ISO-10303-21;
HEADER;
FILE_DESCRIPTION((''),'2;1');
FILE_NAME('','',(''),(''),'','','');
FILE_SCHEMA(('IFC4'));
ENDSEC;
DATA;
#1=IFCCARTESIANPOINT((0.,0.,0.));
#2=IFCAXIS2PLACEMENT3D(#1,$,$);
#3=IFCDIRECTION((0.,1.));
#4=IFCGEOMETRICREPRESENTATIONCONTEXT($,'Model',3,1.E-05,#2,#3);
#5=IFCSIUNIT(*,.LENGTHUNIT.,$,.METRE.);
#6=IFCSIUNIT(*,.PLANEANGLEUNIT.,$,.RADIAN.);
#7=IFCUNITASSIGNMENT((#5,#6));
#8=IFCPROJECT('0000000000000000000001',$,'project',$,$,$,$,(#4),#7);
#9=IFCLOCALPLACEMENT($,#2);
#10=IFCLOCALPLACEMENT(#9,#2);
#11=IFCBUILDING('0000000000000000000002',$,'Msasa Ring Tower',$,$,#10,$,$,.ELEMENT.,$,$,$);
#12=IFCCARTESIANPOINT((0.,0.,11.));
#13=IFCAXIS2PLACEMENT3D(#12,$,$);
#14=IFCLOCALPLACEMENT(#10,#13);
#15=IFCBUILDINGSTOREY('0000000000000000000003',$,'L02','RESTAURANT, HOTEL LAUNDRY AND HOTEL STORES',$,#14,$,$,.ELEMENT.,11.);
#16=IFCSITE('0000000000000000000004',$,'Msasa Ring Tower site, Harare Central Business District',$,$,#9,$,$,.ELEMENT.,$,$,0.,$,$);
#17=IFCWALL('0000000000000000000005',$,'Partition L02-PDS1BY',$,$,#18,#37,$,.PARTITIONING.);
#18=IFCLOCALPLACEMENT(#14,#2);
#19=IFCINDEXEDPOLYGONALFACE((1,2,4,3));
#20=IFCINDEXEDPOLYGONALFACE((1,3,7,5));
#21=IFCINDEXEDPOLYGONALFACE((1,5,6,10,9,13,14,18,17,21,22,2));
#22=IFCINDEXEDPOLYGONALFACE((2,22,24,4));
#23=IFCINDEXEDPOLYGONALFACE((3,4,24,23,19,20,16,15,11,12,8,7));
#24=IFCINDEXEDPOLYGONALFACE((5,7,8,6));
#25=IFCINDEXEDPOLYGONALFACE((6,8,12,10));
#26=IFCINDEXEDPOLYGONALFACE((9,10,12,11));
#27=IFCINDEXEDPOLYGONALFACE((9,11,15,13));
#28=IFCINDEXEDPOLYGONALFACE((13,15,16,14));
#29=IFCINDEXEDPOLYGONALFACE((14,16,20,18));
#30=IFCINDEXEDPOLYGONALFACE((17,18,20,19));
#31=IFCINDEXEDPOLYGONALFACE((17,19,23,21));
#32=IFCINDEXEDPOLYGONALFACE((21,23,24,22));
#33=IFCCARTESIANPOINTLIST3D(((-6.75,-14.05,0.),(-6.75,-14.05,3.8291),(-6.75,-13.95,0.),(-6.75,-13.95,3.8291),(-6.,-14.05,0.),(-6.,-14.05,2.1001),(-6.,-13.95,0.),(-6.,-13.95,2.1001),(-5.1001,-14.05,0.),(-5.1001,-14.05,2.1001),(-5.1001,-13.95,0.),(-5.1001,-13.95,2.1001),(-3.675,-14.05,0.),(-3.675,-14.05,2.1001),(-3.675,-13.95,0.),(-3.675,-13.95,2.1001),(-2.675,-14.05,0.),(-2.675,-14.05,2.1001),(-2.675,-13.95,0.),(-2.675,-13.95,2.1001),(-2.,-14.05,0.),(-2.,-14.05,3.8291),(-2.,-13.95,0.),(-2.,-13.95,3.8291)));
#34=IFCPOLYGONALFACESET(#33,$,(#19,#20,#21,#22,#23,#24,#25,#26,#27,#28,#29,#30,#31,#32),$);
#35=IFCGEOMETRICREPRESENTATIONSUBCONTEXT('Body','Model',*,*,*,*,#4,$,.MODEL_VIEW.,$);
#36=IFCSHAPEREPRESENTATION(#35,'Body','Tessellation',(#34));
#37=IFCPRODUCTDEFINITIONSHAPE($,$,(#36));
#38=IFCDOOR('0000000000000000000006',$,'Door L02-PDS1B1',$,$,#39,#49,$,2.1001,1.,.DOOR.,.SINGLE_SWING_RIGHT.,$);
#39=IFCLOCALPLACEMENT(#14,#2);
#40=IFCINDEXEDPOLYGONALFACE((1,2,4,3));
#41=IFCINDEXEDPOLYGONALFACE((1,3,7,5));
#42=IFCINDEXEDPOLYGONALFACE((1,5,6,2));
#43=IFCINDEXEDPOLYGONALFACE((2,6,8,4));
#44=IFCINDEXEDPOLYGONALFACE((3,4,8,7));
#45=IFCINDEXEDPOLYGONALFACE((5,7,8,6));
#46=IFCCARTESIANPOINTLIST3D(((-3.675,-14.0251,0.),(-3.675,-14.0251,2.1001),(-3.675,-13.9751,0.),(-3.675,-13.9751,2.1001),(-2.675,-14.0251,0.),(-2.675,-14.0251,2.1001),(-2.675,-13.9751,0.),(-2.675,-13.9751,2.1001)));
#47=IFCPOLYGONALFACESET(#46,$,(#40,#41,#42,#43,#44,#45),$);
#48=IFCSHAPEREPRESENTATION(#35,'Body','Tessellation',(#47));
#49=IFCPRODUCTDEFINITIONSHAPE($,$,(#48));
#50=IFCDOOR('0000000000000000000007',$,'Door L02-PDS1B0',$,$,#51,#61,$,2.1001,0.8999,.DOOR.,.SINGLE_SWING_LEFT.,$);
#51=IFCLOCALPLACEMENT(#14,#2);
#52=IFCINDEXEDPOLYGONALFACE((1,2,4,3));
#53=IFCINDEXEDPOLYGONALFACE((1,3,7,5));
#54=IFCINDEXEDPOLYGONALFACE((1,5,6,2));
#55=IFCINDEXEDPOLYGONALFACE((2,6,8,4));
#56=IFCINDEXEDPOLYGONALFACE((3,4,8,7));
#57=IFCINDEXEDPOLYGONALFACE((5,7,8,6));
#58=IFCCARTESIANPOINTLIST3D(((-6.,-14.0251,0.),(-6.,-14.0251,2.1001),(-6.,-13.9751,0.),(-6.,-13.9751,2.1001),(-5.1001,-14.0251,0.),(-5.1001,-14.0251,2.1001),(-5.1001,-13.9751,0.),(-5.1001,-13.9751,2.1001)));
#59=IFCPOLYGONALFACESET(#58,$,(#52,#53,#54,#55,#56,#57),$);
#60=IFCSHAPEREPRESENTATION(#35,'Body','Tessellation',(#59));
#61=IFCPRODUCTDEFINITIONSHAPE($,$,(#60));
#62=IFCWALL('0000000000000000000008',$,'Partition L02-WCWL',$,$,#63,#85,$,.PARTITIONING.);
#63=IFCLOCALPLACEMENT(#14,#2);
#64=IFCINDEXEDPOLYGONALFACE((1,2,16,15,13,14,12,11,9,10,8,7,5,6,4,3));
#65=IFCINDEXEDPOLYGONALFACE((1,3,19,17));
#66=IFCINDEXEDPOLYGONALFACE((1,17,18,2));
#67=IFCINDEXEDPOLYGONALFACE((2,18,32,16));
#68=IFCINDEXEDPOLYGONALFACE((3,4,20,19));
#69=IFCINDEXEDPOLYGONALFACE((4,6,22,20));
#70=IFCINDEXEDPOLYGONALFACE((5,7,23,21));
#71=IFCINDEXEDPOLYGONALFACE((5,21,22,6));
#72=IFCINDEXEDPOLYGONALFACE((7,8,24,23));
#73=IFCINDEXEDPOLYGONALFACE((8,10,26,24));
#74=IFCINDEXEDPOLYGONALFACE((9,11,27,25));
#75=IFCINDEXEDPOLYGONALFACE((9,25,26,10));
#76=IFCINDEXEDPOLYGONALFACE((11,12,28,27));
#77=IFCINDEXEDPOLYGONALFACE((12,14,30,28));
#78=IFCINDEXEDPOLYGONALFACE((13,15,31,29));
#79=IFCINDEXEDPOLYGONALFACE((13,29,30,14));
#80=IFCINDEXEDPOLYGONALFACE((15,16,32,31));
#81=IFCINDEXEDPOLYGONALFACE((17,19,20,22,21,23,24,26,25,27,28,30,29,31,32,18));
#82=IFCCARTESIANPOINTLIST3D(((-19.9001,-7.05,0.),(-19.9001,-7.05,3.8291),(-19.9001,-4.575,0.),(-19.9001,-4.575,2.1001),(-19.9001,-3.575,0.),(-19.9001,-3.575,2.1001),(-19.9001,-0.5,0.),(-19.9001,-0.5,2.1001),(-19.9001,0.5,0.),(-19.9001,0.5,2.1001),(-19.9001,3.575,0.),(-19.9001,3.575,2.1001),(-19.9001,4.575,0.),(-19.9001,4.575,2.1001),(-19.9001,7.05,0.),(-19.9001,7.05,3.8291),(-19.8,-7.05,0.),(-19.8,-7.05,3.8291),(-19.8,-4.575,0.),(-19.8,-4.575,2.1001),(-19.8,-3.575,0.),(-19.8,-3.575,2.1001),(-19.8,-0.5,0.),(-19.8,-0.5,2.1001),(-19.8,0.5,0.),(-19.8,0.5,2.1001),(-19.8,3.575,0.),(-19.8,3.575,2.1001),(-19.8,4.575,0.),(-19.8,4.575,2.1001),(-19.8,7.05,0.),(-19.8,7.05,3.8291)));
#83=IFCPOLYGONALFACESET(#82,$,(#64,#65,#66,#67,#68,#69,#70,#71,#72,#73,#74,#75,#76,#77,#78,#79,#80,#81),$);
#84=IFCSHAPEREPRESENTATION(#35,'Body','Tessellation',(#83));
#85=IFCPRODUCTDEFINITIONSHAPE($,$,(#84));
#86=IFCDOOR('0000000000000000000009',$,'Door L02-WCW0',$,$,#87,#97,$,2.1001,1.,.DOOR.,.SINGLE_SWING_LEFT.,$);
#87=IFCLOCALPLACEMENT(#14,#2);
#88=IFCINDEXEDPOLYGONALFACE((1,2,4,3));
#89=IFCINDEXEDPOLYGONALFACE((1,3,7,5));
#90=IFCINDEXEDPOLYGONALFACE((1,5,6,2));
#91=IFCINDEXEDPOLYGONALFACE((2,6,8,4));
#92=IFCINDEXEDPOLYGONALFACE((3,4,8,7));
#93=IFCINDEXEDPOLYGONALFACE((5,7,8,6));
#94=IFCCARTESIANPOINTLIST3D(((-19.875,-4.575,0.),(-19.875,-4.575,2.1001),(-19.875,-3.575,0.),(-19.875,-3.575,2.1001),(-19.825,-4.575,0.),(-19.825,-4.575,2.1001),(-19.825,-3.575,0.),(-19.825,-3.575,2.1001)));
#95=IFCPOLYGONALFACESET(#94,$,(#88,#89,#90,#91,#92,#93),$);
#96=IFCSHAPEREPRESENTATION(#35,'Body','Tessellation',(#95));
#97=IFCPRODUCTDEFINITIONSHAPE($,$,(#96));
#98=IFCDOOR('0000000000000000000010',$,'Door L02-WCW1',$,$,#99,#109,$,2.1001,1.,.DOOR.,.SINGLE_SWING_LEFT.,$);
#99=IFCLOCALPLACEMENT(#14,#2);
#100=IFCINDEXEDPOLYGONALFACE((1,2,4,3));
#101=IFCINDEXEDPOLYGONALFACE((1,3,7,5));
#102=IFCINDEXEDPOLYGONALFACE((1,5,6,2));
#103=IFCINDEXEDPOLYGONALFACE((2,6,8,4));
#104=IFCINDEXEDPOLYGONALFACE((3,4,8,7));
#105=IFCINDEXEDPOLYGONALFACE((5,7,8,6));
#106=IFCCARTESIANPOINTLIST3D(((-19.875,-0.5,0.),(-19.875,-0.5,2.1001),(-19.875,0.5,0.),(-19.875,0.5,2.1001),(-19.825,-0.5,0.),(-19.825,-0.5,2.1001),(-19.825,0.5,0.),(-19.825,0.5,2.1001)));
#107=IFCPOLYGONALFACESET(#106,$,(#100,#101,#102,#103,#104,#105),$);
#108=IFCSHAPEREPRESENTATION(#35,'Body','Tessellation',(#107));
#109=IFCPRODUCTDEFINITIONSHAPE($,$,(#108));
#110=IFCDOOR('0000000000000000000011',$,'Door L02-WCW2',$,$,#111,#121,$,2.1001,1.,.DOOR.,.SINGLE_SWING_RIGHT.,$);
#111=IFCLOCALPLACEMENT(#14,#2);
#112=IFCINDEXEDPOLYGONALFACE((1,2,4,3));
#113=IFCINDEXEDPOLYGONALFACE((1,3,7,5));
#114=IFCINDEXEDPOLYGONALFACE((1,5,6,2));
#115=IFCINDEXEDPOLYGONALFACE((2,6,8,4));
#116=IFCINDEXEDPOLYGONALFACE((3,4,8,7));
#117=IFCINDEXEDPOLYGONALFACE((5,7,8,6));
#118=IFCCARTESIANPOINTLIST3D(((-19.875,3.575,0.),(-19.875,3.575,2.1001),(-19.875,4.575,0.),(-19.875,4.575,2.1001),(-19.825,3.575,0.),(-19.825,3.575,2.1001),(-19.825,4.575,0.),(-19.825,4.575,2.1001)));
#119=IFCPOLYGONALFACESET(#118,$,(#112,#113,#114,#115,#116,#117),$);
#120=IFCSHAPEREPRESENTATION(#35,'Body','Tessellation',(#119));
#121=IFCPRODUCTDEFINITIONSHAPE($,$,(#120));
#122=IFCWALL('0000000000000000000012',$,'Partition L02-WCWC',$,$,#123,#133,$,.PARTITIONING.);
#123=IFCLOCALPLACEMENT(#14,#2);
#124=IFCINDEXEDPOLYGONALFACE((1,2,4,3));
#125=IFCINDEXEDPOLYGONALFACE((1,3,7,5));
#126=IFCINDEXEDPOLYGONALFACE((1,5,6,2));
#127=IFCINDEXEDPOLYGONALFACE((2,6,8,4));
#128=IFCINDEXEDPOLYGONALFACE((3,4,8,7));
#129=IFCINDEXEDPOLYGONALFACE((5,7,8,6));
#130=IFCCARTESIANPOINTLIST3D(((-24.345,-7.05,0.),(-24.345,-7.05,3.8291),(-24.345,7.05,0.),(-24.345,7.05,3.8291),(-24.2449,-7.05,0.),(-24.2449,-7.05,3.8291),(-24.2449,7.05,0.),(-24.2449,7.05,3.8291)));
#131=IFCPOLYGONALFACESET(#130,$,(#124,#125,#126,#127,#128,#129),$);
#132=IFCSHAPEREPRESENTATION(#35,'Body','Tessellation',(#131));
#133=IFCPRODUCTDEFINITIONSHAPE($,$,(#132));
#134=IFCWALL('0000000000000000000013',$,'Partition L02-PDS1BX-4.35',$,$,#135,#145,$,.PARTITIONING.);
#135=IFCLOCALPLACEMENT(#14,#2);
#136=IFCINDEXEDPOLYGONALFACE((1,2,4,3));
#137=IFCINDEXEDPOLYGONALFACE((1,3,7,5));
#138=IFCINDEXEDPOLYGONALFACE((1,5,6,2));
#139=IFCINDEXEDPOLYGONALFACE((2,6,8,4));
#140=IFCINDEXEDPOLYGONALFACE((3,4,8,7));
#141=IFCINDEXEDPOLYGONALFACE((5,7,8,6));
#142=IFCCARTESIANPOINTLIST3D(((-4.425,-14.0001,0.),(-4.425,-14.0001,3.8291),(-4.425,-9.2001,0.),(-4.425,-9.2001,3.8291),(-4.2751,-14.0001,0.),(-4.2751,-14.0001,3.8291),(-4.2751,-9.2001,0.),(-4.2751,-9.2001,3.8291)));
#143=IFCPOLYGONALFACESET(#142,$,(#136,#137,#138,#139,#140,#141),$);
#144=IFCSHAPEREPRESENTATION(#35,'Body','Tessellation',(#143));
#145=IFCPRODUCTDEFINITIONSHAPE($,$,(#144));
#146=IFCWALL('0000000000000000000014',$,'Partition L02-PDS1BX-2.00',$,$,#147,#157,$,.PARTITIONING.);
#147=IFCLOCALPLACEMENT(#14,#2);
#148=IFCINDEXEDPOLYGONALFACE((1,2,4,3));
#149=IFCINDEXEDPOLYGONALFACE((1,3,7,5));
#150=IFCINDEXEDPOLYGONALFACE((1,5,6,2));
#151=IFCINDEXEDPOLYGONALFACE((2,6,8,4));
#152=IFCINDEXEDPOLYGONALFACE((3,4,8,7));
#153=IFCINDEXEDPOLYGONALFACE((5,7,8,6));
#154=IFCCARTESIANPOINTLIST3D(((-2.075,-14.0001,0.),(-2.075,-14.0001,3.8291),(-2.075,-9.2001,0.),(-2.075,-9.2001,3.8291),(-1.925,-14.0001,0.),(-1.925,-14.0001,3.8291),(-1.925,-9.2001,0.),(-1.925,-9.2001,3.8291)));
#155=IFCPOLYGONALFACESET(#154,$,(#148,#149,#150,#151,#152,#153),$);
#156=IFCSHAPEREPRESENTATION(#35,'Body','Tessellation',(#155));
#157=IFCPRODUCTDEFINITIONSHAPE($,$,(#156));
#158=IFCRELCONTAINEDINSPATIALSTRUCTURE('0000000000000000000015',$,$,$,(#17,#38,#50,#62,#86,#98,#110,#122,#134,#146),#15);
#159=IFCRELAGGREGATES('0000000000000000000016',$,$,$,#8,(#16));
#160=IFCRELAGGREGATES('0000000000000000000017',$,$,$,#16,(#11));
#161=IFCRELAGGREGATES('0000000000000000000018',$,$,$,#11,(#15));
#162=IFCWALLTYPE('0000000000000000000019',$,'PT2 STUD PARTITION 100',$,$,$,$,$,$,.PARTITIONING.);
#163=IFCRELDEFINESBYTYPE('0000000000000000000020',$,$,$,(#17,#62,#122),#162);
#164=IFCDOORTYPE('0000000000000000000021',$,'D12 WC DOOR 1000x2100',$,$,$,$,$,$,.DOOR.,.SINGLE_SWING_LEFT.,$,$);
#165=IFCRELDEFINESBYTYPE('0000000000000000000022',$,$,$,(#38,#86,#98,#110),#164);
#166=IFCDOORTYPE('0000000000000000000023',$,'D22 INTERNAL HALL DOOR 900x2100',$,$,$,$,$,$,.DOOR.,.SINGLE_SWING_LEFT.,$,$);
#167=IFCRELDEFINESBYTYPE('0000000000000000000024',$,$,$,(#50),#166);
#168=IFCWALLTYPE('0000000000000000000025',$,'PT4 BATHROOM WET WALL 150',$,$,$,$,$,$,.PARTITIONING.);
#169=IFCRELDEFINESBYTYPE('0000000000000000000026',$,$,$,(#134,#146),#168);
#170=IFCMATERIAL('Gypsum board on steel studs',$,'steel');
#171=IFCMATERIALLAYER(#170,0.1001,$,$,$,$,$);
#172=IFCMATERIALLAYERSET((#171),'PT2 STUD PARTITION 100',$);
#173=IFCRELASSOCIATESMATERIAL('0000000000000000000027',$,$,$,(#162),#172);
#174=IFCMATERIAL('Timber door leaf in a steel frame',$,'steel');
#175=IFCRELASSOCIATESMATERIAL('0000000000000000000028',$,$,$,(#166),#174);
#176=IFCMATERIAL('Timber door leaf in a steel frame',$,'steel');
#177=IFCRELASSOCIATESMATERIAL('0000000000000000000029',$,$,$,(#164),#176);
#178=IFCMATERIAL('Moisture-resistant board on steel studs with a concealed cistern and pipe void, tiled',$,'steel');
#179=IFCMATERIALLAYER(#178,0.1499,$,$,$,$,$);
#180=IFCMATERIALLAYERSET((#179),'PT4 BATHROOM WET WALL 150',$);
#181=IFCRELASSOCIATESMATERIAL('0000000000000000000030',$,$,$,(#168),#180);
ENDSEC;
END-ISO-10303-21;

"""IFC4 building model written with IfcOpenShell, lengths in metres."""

from ifc_helpers import new_model, si_unit, direction, frame, frame_2d, origin, place, context, subcontext, project, spatial, rectangle, extrude, material, layer, layer_set, type_object, element, fill, save


model = new_model("IFC4")

# Units and contexts
model_context = context("Model", 3, precision=1e-05, world=origin(), true_north=direction((0.0, 1.0)))
body_context = subcontext(model_context, "Body", "Model", "MODEL_VIEW")
ifc_project = project(units=[si_unit("LENGTHUNIT", "METRE"), si_unit("PLANEANGLEUNIT", "RADIAN")], contexts=[model_context])

# Site, building, storey
site_placement = place(None, origin())
site = spatial("IfcSite", under=ifc_project, at=site_placement, Name="Msasa Ring Tower site, Harare Central Business District", CompositionType="ELEMENT", RefElevation=0.0)
building_placement = place(site_placement, origin())
building = spatial("IfcBuilding", under=site, at=building_placement, Name="Msasa Ring Tower", CompositionType="ELEMENT")
storey_placement = place(building_placement, frame((0.0, 0.0, 11.0)))
storey = spatial("IfcBuildingStorey", under=building, at=storey_placement, Name="L02", Description="RESTAURANT, HOTEL LAUNDRY AND HOTEL STORES", CompositionType="ELEMENT", Elevation=11.0)

# Shared definitions
ifc_material_1 = material(Name="Gypsum board on steel studs", Category="steel")
ifc_layer_1 = layer(ifc_material_1, 0.1001)
ifc_layer_set_1 = layer_set([ifc_layer_1], Name="PT2 STUD PARTITION 100")
wall_type_1 = type_object("IfcWallType", Name="PT2 STUD PARTITION 100", PredefinedType="PARTITIONING", material=ifc_layer_set_1)
ifc_material_2 = material(Name="Timber door leaf in a steel frame", Category="steel")
door_type_1 = type_object("IfcDoorType", Name="D22 INTERNAL HALL DOOR 900x2100", OperationType="SINGLE_SWING_LEFT", PredefinedType="DOOR", material=ifc_material_2)

# Walls, openings, doors
wall_1_placement = place(storey_placement, frame((-6.75, -14.0, 0.0), z_axis=(0.0, 0.0, 1.0), x_axis=(1.0, 0.0, 0.0)))
wall_1 = element("IfcWall", 1, at=wall_1_placement, inside=storey, type_object=wall_type_1, Name="Partition L02-PDS1BY", PredefinedType="PARTITIONING", context=body_context, shape_type="SweptSolid", body=[
    extrude(rectangle(XDim=4.75, YDim=0.1001, at=frame_2d((2.375, 0.0))), origin(), (0.0, 0.0, 1.0), 3.8291),
])
opening_1_placement = place(wall_1_placement, frame((0.75, 0.0, 0.0)))
opening_1 = element("IfcOpeningElement", 2, at=opening_1_placement, cuts=wall_1, PredefinedType="OPENING", context=body_context, shape_type="SweptSolid", body=[
    extrude(rectangle(XDim=0.8999, YDim=2.1001, at=frame_2d((0.45, 1.05))), frame((0.0, 0.0601, 0.0), z_axis=(0.0, -1.0, 0.0), x_axis=(1.0, 0.0, 0.0)), (0.0, 0.0, 1.0), 0.1201),
])
opening_2_placement = place(wall_1_placement, frame((3.075, 0.0, 0.0)))
opening_2 = element("IfcOpeningElement", 3, at=opening_2_placement, cuts=wall_1, PredefinedType="OPENING", context=body_context, shape_type="SweptSolid", body=[
    extrude(rectangle(XDim=1.0, YDim=2.1001, at=frame_2d((0.5, 1.05))), frame((0.0, 0.0601, 0.0), z_axis=(0.0, -1.0, 0.0), x_axis=(1.0, 0.0, 0.0)), (0.0, 0.0, 1.0), 0.1201),
])
ifc_material_3 = material(Name="Timber door leaf in a steel frame", Category="steel")
door_type_2 = type_object("IfcDoorType", Name="D12 WC DOOR 1000x2100", OperationType="SINGLE_SWING_LEFT", PredefinedType="DOOR", material=ifc_material_3)
door_1_placement = place(opening_2_placement, origin())
door_1 = element("IfcDoor", 4, at=door_1_placement, inside=storey, type_object=door_type_2, Name="Door L02-PDS1B1", OperationType="SINGLE_SWING_RIGHT", OverallHeight=2.1001, OverallWidth=1.0, PredefinedType="DOOR", context=body_context, shape_type="SweptSolid", body=[
    extrude(rectangle(XDim=1.0, YDim=2.1001, at=frame_2d((0.5, 1.05))), frame((0.0, 0.0249, 0.0), z_axis=(0.0, -1.0, 0.0), x_axis=(1.0, 0.0, 0.0)), (0.0, 0.0, 1.0), 0.05),
])
fill(opening_2, door_1)
door_2_placement = place(opening_1_placement, origin())
door_2 = element("IfcDoor", 5, at=door_2_placement, inside=storey, type_object=door_type_1, Name="Door L02-PDS1B0", OperationType="SINGLE_SWING_LEFT", OverallHeight=2.1001, OverallWidth=0.8999, PredefinedType="DOOR", context=body_context, shape_type="SweptSolid", body=[
    extrude(rectangle(XDim=0.8999, YDim=2.1001, at=frame_2d((0.45, 1.05))), frame((0.0, 0.0249, 0.0), z_axis=(0.0, -1.0, 0.0), x_axis=(1.0, 0.0, 0.0)), (0.0, 0.0, 1.0), 0.05),
])
fill(opening_1, door_2)
wall_2_placement = place(storey_placement, frame((-19.8501, -7.05, 0.0), z_axis=(0.0, 0.0, 1.0), x_axis=(0.0, 1.0, 0.0)))
wall_2 = element("IfcWall", 6, at=wall_2_placement, inside=storey, type_object=wall_type_1, Name="Partition L02-WCWL", PredefinedType="PARTITIONING", context=body_context, shape_type="SweptSolid", body=[
    extrude(rectangle(XDim=14.1001, YDim=0.1001, at=frame_2d((7.05, 0.0))), origin(), (0.0, 0.0, 1.0), 3.8291),
])
opening_3_placement = place(wall_2_placement, frame((2.4751, 0.0, 0.0)))
opening_3 = element("IfcOpeningElement", 7, at=opening_3_placement, cuts=wall_2, PredefinedType="OPENING", context=body_context, shape_type="SweptSolid", body=[
    extrude(rectangle(XDim=1.0, YDim=2.1001, at=frame_2d((0.5, 1.05))), frame((0.0, 0.0601, 0.0), z_axis=(0.0, -1.0, 0.0), x_axis=(1.0, 0.0, 0.0)), (0.0, 0.0, 1.0), 0.1201),
])
opening_4_placement = place(wall_2_placement, frame((6.55, 0.0, 0.0)))
opening_4 = element("IfcOpeningElement", 8, at=opening_4_placement, cuts=wall_2, PredefinedType="OPENING", context=body_context, shape_type="SweptSolid", body=[
    extrude(rectangle(XDim=1.0, YDim=2.1001, at=frame_2d((0.5, 1.05))), frame((0.0, 0.0601, 0.0), z_axis=(0.0, -1.0, 0.0), x_axis=(1.0, 0.0, 0.0)), (0.0, 0.0, 1.0), 0.1201),
])
opening_5_placement = place(wall_2_placement, frame((10.625, 0.0, 0.0)))
opening_5 = element("IfcOpeningElement", 9, at=opening_5_placement, cuts=wall_2, PredefinedType="OPENING", context=body_context, shape_type="SweptSolid", body=[
    extrude(rectangle(XDim=1.0, YDim=2.1001, at=frame_2d((0.5, 1.05))), frame((0.0, 0.0601, 0.0), z_axis=(0.0, -1.0, 0.0), x_axis=(1.0, 0.0, 0.0)), (0.0, 0.0, 1.0), 0.1201),
])
door_3_placement = place(opening_3_placement, origin())
door_3 = element("IfcDoor", 10, at=door_3_placement, inside=storey, type_object=door_type_2, Name="Door L02-WCW0", OperationType="SINGLE_SWING_LEFT", OverallHeight=2.1001, OverallWidth=1.0, PredefinedType="DOOR", context=body_context, shape_type="SweptSolid", body=[
    extrude(rectangle(XDim=1.0, YDim=2.1001, at=frame_2d((0.5, 1.05))), frame((0.0, 0.0249, 0.0), z_axis=(0.0, -1.0, 0.0), x_axis=(1.0, 0.0, 0.0)), (0.0, 0.0, 1.0), 0.05),
])
fill(opening_3, door_3)
door_4_placement = place(opening_4_placement, origin())
door_4 = element("IfcDoor", 11, at=door_4_placement, inside=storey, type_object=door_type_2, Name="Door L02-WCW1", OperationType="SINGLE_SWING_LEFT", OverallHeight=2.1001, OverallWidth=1.0, PredefinedType="DOOR", context=body_context, shape_type="SweptSolid", body=[
    extrude(rectangle(XDim=1.0, YDim=2.1001, at=frame_2d((0.5, 1.05))), frame((0.0, 0.0249, 0.0), z_axis=(0.0, -1.0, 0.0), x_axis=(1.0, 0.0, 0.0)), (0.0, 0.0, 1.0), 0.05),
])
fill(opening_4, door_4)
door_5_placement = place(opening_5_placement, origin())
door_5 = element("IfcDoor", 12, at=door_5_placement, inside=storey, type_object=door_type_2, Name="Door L02-WCW2", OperationType="SINGLE_SWING_RIGHT", OverallHeight=2.1001, OverallWidth=1.0, PredefinedType="DOOR", context=body_context, shape_type="SweptSolid", body=[
    extrude(rectangle(XDim=1.0, YDim=2.1001, at=frame_2d((0.5, 1.05))), frame((0.0, 0.0249, 0.0), z_axis=(0.0, -1.0, 0.0), x_axis=(1.0, 0.0, 0.0)), (0.0, 0.0, 1.0), 0.05),
])
fill(opening_5, door_5)

# Walls
wall_3_placement = place(storey_placement, frame((-24.2949, -7.05, 0.0), z_axis=(0.0, 0.0, 1.0), x_axis=(0.0, 1.0, 0.0)))
element("IfcWall", 13, at=wall_3_placement, inside=storey, type_object=wall_type_1, Name="Partition L02-WCWC", PredefinedType="PARTITIONING", context=body_context, shape_type="SweptSolid", body=[
    extrude(rectangle(XDim=14.1001, YDim=0.1001, at=frame_2d((7.05, 0.0))), origin(), (0.0, 0.0, 1.0), 3.8291),
])
ifc_material_4 = material(Name="Moisture-resistant board on steel studs with a concealed cistern and pipe void, tiled", Category="steel")
ifc_layer_2 = layer(ifc_material_4, 0.1499)
ifc_layer_set_2 = layer_set([ifc_layer_2], Name="PT4 BATHROOM WET WALL 150")
wall_type_2 = type_object("IfcWallType", Name="PT4 BATHROOM WET WALL 150", PredefinedType="PARTITIONING", material=ifc_layer_set_2)
for number, where, z_axis, x_axis, name in (
    (14, (-4.3501, -14.0, 0.0), (0.0, 0.0, 1.0), (0.0, 1.0, 0.0), "Partition L02-PDS1BX-4.35"),
    (15, (-2.0, -14.0, 0.0), (0.0, 0.0, 1.0), (0.0, 1.0, 0.0), "Partition L02-PDS1BX-2.00"),
):
    element("IfcWall", number, at=place(storey_placement, frame(where, z_axis=z_axis, x_axis=x_axis)), inside=storey, type_object=wall_type_2, Name=name, PredefinedType="PARTITIONING", context=body_context, shape_type="SweptSolid", body=[
        extrude(rectangle(XDim=4.8, YDim=0.1499, at=frame_2d((2.3999, 0.0))), origin(), (0.0, 0.0, 1.0), 3.8291),
    ])

save(model, "model.ifc")
